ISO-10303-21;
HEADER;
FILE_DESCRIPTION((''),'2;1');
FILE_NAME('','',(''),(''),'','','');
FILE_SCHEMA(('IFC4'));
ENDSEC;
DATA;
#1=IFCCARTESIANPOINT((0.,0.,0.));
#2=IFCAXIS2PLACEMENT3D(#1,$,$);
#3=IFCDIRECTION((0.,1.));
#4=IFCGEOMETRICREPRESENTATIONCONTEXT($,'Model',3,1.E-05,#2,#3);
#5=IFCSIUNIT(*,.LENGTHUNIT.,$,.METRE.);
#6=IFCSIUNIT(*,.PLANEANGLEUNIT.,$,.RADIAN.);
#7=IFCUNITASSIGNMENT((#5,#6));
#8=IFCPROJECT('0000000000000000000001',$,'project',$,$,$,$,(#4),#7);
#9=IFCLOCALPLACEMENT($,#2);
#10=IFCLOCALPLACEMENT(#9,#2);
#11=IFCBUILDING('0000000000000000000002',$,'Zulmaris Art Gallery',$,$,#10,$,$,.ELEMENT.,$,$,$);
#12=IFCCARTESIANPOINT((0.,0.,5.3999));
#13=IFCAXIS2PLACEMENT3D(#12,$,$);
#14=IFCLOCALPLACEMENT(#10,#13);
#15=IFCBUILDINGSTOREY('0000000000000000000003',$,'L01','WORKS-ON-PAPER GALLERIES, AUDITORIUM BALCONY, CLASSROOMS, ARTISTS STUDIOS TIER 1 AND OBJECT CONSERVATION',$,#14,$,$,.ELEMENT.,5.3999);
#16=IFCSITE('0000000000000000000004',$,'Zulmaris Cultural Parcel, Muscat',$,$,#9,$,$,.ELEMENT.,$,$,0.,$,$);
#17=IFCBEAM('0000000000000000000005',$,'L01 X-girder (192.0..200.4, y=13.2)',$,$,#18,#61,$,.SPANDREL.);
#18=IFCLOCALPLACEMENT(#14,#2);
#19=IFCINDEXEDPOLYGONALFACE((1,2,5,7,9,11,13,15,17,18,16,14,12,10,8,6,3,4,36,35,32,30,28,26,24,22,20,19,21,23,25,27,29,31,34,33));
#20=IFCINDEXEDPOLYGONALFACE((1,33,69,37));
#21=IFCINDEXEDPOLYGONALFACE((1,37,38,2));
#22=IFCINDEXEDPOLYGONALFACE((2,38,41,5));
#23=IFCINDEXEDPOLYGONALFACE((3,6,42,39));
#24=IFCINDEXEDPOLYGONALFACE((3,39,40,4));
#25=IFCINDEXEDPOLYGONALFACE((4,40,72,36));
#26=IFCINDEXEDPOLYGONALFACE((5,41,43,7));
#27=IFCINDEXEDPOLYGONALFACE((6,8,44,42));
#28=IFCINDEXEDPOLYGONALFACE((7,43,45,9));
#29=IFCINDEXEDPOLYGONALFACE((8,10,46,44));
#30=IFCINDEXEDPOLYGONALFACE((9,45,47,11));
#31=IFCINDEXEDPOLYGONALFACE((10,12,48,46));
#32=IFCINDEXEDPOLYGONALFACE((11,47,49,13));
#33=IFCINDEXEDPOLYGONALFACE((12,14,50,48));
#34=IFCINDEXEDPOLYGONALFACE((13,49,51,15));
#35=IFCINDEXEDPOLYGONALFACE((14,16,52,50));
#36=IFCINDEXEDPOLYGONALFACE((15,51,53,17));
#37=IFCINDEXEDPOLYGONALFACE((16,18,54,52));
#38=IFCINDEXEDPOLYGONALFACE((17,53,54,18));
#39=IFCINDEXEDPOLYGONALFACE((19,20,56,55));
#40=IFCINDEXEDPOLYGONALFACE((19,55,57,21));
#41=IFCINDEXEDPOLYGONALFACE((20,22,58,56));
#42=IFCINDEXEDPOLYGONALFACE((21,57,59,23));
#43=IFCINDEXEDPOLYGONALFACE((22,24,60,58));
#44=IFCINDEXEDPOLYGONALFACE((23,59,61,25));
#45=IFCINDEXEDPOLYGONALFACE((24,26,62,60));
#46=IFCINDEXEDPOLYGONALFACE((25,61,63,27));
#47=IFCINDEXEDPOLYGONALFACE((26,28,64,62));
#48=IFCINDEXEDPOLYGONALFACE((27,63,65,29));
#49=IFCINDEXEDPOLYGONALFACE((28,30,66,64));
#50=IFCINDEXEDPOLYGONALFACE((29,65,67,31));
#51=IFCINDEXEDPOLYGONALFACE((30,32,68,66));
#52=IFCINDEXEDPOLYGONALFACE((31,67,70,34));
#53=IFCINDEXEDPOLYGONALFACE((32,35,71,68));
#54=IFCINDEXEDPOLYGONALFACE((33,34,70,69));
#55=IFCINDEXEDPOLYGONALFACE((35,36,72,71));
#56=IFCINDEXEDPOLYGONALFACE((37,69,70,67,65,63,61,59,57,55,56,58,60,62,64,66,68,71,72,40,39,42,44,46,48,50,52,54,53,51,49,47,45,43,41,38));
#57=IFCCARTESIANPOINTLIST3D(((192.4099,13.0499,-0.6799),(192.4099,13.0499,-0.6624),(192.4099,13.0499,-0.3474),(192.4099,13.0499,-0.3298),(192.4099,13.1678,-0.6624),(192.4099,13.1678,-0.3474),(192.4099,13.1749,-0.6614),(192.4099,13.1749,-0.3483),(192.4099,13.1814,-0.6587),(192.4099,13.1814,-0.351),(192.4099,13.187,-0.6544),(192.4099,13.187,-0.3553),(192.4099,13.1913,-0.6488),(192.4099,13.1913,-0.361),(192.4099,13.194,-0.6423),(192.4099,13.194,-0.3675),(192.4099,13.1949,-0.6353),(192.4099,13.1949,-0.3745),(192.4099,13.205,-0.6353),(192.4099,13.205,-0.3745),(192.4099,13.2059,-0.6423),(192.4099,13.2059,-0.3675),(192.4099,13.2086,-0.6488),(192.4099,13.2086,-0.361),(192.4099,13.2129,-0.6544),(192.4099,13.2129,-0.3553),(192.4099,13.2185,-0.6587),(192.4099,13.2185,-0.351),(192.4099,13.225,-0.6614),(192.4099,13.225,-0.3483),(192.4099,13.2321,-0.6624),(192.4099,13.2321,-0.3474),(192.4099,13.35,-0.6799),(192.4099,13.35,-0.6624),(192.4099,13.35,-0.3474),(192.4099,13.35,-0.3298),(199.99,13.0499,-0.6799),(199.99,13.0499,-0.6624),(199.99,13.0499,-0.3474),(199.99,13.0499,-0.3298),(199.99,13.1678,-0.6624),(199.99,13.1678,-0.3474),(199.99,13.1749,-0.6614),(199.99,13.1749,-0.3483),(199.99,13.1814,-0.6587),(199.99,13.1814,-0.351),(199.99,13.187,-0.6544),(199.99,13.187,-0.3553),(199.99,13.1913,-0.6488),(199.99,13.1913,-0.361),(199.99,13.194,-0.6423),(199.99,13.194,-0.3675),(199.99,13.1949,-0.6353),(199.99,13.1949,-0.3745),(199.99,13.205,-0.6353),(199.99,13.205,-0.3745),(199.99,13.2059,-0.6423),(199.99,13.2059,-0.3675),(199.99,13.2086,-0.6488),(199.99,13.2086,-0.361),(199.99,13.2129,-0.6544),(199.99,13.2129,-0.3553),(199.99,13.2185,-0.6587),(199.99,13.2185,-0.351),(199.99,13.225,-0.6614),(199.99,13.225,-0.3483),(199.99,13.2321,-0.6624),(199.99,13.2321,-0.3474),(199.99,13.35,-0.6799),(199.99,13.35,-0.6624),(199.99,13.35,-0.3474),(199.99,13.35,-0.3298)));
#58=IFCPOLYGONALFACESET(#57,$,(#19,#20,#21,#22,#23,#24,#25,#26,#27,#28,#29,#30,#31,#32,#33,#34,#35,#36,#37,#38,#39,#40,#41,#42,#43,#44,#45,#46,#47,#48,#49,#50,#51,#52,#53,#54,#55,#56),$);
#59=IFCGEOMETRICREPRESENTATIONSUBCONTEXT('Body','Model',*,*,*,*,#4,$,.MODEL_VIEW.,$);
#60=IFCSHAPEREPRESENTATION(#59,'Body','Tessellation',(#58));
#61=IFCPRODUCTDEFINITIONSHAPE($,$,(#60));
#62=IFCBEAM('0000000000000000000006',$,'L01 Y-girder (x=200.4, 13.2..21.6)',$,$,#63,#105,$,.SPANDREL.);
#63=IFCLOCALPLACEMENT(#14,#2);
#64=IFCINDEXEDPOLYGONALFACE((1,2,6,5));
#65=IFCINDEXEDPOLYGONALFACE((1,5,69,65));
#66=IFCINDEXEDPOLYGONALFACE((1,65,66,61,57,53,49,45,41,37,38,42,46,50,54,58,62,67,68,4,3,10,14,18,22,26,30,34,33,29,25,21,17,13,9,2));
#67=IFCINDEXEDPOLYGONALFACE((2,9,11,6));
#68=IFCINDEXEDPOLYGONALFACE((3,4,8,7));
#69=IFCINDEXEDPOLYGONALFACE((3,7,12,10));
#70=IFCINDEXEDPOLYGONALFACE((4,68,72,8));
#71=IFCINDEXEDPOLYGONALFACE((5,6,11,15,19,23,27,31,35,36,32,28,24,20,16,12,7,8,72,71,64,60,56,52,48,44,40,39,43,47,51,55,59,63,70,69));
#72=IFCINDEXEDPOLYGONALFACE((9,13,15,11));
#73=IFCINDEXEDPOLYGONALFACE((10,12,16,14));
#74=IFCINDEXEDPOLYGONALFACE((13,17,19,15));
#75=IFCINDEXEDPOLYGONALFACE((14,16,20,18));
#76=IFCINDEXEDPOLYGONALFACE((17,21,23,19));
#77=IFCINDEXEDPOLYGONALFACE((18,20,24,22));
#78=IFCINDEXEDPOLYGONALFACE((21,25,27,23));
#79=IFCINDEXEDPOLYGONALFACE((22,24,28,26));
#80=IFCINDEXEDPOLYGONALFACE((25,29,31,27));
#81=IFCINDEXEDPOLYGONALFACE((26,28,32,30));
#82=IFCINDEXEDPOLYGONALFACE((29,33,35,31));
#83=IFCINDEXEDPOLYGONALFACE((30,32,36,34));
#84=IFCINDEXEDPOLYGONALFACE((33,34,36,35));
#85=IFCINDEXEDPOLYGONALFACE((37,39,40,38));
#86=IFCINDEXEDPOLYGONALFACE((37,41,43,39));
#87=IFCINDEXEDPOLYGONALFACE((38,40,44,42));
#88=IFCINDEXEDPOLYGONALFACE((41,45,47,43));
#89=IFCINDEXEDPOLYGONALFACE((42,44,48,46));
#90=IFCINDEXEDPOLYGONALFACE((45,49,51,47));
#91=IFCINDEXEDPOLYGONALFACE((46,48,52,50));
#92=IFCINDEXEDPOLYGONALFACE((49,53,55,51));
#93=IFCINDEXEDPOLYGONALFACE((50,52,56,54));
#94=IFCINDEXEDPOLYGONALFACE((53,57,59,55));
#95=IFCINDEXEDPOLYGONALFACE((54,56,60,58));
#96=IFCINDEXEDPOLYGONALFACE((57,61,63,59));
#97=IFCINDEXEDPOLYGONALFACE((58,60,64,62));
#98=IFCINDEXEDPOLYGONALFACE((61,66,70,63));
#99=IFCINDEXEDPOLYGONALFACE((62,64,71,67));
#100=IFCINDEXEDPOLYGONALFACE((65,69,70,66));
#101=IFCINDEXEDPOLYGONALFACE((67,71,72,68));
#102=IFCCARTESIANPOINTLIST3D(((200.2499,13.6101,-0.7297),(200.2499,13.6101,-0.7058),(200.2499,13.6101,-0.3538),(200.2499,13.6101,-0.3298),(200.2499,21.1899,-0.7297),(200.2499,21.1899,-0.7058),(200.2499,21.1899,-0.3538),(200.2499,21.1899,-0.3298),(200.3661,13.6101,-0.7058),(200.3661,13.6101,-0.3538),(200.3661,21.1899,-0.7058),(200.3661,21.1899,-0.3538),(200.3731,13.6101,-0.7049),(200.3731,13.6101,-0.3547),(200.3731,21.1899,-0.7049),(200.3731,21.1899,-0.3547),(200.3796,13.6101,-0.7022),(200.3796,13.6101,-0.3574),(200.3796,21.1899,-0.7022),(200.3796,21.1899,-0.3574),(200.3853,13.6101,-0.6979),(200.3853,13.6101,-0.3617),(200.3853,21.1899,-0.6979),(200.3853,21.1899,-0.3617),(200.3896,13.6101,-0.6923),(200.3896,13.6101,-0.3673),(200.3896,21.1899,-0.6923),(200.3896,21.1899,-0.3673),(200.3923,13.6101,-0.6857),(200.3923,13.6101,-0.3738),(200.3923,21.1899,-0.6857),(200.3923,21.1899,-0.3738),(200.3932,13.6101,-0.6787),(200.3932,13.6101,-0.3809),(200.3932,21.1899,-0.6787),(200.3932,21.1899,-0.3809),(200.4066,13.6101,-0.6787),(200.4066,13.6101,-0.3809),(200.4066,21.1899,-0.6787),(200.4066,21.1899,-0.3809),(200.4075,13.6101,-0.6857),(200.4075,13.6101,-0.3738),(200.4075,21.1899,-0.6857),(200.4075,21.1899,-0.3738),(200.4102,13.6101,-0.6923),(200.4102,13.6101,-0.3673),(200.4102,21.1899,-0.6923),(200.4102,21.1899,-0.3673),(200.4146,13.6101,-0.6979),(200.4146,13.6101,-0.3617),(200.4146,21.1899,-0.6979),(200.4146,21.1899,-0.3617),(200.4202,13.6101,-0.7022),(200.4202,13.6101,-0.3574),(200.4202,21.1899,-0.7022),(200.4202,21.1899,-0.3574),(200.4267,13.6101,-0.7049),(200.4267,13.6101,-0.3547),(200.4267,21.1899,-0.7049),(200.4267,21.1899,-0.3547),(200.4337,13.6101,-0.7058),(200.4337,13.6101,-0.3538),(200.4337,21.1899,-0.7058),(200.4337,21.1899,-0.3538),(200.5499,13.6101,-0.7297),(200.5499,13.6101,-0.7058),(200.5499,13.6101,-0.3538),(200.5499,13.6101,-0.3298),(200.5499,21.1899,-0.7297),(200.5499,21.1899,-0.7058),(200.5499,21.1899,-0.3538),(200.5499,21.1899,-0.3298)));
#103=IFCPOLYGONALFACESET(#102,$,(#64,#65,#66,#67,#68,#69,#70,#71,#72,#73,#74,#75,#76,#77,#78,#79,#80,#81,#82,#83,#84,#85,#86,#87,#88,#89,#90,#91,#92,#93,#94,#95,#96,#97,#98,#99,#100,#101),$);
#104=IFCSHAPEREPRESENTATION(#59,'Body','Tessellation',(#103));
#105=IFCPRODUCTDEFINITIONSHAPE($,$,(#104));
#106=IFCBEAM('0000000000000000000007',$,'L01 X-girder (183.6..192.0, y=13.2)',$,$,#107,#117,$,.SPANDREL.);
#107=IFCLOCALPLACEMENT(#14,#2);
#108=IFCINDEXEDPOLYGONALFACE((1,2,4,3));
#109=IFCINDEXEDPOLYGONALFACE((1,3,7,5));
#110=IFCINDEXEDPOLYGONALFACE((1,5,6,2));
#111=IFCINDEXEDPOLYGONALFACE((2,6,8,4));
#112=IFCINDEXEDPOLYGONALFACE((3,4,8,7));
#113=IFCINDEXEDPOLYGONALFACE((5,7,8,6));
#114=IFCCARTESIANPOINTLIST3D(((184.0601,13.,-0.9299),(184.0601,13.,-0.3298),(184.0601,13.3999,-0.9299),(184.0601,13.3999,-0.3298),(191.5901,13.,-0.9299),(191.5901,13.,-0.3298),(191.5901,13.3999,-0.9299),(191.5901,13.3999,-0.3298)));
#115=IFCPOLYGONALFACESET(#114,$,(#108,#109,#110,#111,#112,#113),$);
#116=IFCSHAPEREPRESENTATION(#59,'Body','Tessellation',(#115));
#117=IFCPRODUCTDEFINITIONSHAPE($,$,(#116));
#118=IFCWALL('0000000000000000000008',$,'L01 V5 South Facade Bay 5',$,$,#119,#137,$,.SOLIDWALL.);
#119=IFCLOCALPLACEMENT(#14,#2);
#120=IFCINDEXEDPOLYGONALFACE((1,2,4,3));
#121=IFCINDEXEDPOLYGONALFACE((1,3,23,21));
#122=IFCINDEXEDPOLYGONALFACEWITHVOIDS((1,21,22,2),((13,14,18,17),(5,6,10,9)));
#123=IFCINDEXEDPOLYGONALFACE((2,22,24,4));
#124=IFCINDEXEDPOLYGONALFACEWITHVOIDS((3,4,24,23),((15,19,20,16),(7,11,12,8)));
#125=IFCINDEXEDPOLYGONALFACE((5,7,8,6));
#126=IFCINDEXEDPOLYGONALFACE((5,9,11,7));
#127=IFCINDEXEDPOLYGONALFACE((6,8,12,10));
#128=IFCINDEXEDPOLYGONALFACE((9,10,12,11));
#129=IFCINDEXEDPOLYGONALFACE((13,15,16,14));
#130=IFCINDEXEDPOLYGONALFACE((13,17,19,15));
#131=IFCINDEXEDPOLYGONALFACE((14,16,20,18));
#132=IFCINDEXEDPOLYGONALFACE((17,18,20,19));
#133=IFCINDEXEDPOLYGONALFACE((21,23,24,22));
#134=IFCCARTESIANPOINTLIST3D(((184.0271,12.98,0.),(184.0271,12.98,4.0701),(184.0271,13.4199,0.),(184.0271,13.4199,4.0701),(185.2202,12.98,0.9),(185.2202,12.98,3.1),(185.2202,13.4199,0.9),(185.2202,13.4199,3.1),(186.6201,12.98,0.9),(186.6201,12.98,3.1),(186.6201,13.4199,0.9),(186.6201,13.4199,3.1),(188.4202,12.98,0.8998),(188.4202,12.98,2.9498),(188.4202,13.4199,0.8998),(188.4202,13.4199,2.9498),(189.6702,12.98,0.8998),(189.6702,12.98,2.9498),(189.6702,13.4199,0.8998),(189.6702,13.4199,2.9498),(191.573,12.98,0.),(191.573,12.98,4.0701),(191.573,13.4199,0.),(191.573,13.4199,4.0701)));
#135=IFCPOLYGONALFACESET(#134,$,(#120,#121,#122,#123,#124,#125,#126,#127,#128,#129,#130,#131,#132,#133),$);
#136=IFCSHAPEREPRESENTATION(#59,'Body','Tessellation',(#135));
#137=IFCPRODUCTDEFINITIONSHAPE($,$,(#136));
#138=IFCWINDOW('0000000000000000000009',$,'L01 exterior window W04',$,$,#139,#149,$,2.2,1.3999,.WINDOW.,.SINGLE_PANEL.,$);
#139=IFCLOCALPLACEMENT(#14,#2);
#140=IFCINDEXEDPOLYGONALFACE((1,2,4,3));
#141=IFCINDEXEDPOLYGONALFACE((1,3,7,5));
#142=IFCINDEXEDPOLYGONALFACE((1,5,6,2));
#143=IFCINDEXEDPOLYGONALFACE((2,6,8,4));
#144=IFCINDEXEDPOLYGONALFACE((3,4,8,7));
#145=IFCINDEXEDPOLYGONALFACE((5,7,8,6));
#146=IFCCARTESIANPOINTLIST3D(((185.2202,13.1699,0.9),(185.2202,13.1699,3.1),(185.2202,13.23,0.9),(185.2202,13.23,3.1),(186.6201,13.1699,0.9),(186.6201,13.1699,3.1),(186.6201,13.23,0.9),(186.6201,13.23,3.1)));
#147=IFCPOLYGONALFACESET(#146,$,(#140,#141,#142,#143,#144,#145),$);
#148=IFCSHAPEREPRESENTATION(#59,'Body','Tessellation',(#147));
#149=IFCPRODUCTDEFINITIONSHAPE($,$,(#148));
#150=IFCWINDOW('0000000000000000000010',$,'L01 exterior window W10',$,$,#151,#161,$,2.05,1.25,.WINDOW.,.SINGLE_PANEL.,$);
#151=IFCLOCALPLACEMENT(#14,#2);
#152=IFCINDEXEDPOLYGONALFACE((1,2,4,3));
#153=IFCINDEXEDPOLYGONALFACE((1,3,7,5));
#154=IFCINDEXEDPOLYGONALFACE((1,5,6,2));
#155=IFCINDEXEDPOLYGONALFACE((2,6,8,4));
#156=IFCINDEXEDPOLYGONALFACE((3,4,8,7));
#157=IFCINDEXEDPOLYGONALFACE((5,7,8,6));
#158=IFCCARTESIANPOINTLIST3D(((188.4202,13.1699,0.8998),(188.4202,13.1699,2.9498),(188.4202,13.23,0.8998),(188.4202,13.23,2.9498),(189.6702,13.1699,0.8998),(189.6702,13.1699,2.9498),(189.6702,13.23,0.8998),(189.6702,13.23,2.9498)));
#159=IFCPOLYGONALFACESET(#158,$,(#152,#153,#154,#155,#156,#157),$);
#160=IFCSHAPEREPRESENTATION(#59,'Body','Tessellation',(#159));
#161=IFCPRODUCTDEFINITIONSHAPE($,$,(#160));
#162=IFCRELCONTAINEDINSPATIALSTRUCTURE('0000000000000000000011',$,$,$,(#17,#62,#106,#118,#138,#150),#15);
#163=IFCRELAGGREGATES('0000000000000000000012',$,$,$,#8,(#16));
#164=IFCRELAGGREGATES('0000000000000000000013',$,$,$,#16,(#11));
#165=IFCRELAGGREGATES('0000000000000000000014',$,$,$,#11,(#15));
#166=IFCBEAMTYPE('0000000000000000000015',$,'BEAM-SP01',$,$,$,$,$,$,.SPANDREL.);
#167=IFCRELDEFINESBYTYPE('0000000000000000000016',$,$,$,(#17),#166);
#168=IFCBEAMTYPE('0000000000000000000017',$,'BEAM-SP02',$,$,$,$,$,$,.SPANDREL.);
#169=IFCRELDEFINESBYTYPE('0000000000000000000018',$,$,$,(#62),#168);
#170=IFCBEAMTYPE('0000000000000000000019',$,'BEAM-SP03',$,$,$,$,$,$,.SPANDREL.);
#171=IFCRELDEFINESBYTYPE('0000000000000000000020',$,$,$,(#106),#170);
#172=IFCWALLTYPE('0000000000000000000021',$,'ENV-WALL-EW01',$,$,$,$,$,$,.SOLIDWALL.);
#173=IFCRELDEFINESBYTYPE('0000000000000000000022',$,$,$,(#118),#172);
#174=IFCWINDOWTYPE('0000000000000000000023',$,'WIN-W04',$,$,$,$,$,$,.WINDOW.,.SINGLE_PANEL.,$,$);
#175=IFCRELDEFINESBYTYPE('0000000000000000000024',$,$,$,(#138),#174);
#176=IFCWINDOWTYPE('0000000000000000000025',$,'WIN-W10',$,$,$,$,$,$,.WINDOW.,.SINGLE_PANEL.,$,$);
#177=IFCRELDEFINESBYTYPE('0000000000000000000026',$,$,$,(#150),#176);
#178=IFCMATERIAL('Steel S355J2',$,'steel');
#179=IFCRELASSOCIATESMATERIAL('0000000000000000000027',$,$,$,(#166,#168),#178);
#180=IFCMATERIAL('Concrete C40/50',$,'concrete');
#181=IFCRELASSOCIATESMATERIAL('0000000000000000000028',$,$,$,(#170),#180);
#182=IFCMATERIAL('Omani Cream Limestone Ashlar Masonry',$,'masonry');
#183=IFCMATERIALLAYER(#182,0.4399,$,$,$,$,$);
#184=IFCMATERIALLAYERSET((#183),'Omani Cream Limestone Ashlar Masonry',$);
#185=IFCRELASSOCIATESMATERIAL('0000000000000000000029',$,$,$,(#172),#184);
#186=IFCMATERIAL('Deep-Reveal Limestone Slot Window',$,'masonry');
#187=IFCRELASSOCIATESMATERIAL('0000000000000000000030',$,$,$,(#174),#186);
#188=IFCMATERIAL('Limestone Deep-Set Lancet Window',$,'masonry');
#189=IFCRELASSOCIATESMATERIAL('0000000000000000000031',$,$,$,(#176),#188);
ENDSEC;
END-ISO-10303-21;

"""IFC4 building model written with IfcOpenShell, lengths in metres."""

from ifc_helpers import new_model, si_unit, direction, frame, frame_2d, origin, origin_2d, place, context, subcontext, project, spatial, rectangle, i_section, extrude, material, layer, layer_set, material_profile, profile_set, type_object, element, fill, save


model = new_model("IFC4")

# Units and contexts
model_context = context("Model", 3, precision=1e-05, world=origin(), true_north=direction((0.0, 1.0)))
body_context = subcontext(model_context, "Body", "Model", "MODEL_VIEW")
ifc_project = project(units=[si_unit("LENGTHUNIT", "METRE"), si_unit("PLANEANGLEUNIT", "RADIAN")], contexts=[model_context])

# Site, building, storey
site_placement = place(None, origin())
site = spatial("IfcSite", under=ifc_project, at=site_placement, Name="Zulmaris Cultural Parcel, Muscat", CompositionType="ELEMENT", RefElevation=0.0)
building_placement = place(site_placement, origin())
building = spatial("IfcBuilding", under=site, at=building_placement, Name="Zulmaris Art Gallery", CompositionType="ELEMENT")
storey_placement = place(building_placement, frame((0.0, 0.0, 5.3999)))
storey = spatial("IfcBuildingStorey", under=building, at=storey_placement, Name="L01", Description="WORKS-ON-PAPER GALLERIES, AUDITORIUM BALCONY, CLASSROOMS, ARTISTS STUDIOS TIER 1 AND OBJECT CONSERVATION", CompositionType="ELEMENT", Elevation=5.3999)

# Beams
ifc_material_1 = material(Name="Steel S355J2", Category="steel")
ifc_material_2 = material(Name="Concrete C40/50", Category="concrete")
ifc_material_profile_1 = material_profile(ifc_material_1, i_section(OverallWidth=0.3, OverallDepth=0.3501, WebThickness=0.01, FlangeThickness=0.0176, FilletRadius=0.0271, at=origin_2d()), Name="HEA 360")
ifc_profile_set_1 = profile_set([ifc_material_profile_1], Name="Steel S355J2")
beam_type_1 = type_object("IfcBeamType", Name="BEAM-SP01", PredefinedType="SPANDREL", material=ifc_profile_set_1)
beam_1_placement = place(storey_placement, frame((192.4099, 13.2, -0.5049), z_axis=(1.0, 0.0, 0.0), x_axis=(0.0, 1.0, 0.0)))
element("IfcBeam", 1, at=beam_1_placement, inside=storey, type_object=beam_type_1, Name="L01 X-girder (192.0..200.4, y=13.2)", PredefinedType="SPANDREL", context=body_context, shape_type="SweptSolid", body=[
    extrude(i_section(OverallWidth=0.3, OverallDepth=0.3501, WebThickness=0.01, FlangeThickness=0.0176, FilletRadius=0.0271, at=origin_2d()), origin(), (0.0, 0.0, 1.0), 7.5801),
])
ifc_material_profile_2 = material_profile(ifc_material_1, i_section(OverallWidth=0.3, OverallDepth=0.3999, WebThickness=0.0134, FlangeThickness=0.0239, FilletRadius=0.0271, at=origin_2d()), Name="HEB 400")
ifc_profile_set_2 = profile_set([ifc_material_profile_2], Name="Steel S355J2")
beam_type_2 = type_object("IfcBeamType", Name="BEAM-SP02", PredefinedType="SPANDREL", material=ifc_profile_set_2)
beam_2_placement = place(storey_placement, frame((200.3999, 13.6101, -0.5298), z_axis=(0.0, 1.0, 0.0), x_axis=(-1.0, 0.0, 0.0)))
element("IfcBeam", 2, at=beam_2_placement, inside=storey, type_object=beam_type_2, Name="L01 Y-girder (x=200.4, 13.2..21.6)", PredefinedType="SPANDREL", context=body_context, shape_type="SweptSolid", body=[
    extrude(i_section(OverallWidth=0.3, OverallDepth=0.3999, WebThickness=0.0134, FlangeThickness=0.0239, FilletRadius=0.0271, at=origin_2d()), origin(), (0.0, 0.0, 1.0), 7.5798),
])
ifc_material_profile_3 = material_profile(ifc_material_2, rectangle(XDim=0.3999, YDim=0.6001, at=origin_2d()), Name="RC 400x600")
ifc_profile_set_3 = profile_set([ifc_material_profile_3], Name="Concrete C40/50")
beam_type_3 = type_object("IfcBeamType", Name="BEAM-SP03", PredefinedType="SPANDREL", material=ifc_profile_set_3)
beam_3_placement = place(storey_placement, frame((184.0601, 13.2, -0.6299), z_axis=(1.0, 0.0, 0.0), x_axis=(0.0, 1.0, 0.0)))
element("IfcBeam", 3, at=beam_3_placement, inside=storey, type_object=beam_type_3, Name="L01 X-girder (183.6..192.0, y=13.2)", PredefinedType="SPANDREL", context=body_context, shape_type="SweptSolid", body=[
    extrude(rectangle(XDim=0.3999, YDim=0.6001, at=origin_2d()), origin(), (0.0, 0.0, 1.0), 7.53),
])

# Wall, openings, windows
ifc_material_3 = material(Name="Omani Cream Limestone Ashlar Masonry", Category="masonry")
ifc_layer_1 = layer(ifc_material_3, 0.4399)
ifc_layer_set_1 = layer_set([ifc_layer_1], Name="Omani Cream Limestone Ashlar Masonry")
wall_type_1 = type_object("IfcWallType", Name="ENV-WALL-EW01", PredefinedType="SOLIDWALL", material=ifc_layer_set_1)
wall_1_placement = place(storey_placement, frame((184.0271, 13.2, 0.0), z_axis=(0.0, 0.0, 1.0), x_axis=(1.0, 0.0, 0.0)))
wall_1 = element("IfcWall", 4, at=wall_1_placement, inside=storey, type_object=wall_type_1, Name="L01 V5 South Facade Bay 5", PredefinedType="SOLIDWALL", context=body_context, shape_type="SweptSolid", body=[
    extrude(rectangle(XDim=7.5459, YDim=0.4399, at=frame_2d((3.7729, 0.0))), origin(), (0.0, 0.0, 1.0), 4.0701),
])
opening_1_placement = place(wall_1_placement, frame((1.1931, 0.0, 0.8999)))
opening_1 = element("IfcOpeningElement", 5, at=opening_1_placement, cuts=wall_1, PredefinedType="OPENING", context=body_context, shape_type="SweptSolid", body=[
    extrude(rectangle(XDim=1.3999, YDim=2.2, at=frame_2d((0.7, 1.1001))), frame((0.0, 0.23, 0.0), z_axis=(0.0, -1.0, 0.0), x_axis=(1.0, 0.0, 0.0)), (0.0, 0.0, 1.0), 0.46),
])
opening_2_placement = place(wall_1_placement, frame((4.3931, 0.0, 0.8999)))
opening_2 = element("IfcOpeningElement", 6, at=opening_2_placement, cuts=wall_1, PredefinedType="OPENING", context=body_context, shape_type="SweptSolid", body=[
    extrude(rectangle(XDim=1.25, YDim=2.05, at=frame_2d((0.625, 1.0249))), frame((0.0, 0.23, 0.0), z_axis=(0.0, -1.0, 0.0), x_axis=(1.0, 0.0, 0.0)), (0.0, 0.0, 1.0), 0.46),
])
ifc_material_4 = material(Name="Deep-Reveal Limestone Slot Window", Category="masonry")
window_type_1 = type_object("IfcWindowType", Name="WIN-W04", PartitioningType="SINGLE_PANEL", PredefinedType="WINDOW", material=ifc_material_4)
window_1_placement = place(opening_1_placement, origin())
window_1 = element("IfcWindow", 7, at=window_1_placement, inside=storey, type_object=window_type_1, Name="L01 exterior window W04", OverallHeight=2.2, OverallWidth=1.3999, PartitioningType="SINGLE_PANEL", PredefinedType="WINDOW", context=body_context, shape_type="SweptSolid", body=[
    extrude(rectangle(XDim=1.3999, YDim=2.2, at=frame_2d((0.7, 1.1001))), frame((0.0, 0.03, 0.0), z_axis=(0.0, -1.0, 0.0), x_axis=(1.0, 0.0, 0.0)), (0.0, 0.0, 1.0), 0.0601),
])
fill(opening_1, window_1)
ifc_material_5 = material(Name="Limestone Deep-Set Lancet Window", Category="masonry")
window_type_2 = type_object("IfcWindowType", Name="WIN-W10", PartitioningType="SINGLE_PANEL", PredefinedType="WINDOW", material=ifc_material_5)
window_2_placement = place(opening_2_placement, origin())
window_2 = element("IfcWindow", 8, at=window_2_placement, inside=storey, type_object=window_type_2, Name="L01 exterior window W10", OverallHeight=2.05, OverallWidth=1.25, PartitioningType="SINGLE_PANEL", PredefinedType="WINDOW", context=body_context, shape_type="SweptSolid", body=[
    extrude(rectangle(XDim=1.25, YDim=2.05, at=frame_2d((0.625, 1.0249))), frame((0.0, 0.03, 0.0), z_axis=(0.0, -1.0, 0.0), x_axis=(1.0, 0.0, 0.0)), (0.0, 0.0, 1.0), 0.0601),
])
fill(opening_2, window_2)

save(model, "model.ifc")
